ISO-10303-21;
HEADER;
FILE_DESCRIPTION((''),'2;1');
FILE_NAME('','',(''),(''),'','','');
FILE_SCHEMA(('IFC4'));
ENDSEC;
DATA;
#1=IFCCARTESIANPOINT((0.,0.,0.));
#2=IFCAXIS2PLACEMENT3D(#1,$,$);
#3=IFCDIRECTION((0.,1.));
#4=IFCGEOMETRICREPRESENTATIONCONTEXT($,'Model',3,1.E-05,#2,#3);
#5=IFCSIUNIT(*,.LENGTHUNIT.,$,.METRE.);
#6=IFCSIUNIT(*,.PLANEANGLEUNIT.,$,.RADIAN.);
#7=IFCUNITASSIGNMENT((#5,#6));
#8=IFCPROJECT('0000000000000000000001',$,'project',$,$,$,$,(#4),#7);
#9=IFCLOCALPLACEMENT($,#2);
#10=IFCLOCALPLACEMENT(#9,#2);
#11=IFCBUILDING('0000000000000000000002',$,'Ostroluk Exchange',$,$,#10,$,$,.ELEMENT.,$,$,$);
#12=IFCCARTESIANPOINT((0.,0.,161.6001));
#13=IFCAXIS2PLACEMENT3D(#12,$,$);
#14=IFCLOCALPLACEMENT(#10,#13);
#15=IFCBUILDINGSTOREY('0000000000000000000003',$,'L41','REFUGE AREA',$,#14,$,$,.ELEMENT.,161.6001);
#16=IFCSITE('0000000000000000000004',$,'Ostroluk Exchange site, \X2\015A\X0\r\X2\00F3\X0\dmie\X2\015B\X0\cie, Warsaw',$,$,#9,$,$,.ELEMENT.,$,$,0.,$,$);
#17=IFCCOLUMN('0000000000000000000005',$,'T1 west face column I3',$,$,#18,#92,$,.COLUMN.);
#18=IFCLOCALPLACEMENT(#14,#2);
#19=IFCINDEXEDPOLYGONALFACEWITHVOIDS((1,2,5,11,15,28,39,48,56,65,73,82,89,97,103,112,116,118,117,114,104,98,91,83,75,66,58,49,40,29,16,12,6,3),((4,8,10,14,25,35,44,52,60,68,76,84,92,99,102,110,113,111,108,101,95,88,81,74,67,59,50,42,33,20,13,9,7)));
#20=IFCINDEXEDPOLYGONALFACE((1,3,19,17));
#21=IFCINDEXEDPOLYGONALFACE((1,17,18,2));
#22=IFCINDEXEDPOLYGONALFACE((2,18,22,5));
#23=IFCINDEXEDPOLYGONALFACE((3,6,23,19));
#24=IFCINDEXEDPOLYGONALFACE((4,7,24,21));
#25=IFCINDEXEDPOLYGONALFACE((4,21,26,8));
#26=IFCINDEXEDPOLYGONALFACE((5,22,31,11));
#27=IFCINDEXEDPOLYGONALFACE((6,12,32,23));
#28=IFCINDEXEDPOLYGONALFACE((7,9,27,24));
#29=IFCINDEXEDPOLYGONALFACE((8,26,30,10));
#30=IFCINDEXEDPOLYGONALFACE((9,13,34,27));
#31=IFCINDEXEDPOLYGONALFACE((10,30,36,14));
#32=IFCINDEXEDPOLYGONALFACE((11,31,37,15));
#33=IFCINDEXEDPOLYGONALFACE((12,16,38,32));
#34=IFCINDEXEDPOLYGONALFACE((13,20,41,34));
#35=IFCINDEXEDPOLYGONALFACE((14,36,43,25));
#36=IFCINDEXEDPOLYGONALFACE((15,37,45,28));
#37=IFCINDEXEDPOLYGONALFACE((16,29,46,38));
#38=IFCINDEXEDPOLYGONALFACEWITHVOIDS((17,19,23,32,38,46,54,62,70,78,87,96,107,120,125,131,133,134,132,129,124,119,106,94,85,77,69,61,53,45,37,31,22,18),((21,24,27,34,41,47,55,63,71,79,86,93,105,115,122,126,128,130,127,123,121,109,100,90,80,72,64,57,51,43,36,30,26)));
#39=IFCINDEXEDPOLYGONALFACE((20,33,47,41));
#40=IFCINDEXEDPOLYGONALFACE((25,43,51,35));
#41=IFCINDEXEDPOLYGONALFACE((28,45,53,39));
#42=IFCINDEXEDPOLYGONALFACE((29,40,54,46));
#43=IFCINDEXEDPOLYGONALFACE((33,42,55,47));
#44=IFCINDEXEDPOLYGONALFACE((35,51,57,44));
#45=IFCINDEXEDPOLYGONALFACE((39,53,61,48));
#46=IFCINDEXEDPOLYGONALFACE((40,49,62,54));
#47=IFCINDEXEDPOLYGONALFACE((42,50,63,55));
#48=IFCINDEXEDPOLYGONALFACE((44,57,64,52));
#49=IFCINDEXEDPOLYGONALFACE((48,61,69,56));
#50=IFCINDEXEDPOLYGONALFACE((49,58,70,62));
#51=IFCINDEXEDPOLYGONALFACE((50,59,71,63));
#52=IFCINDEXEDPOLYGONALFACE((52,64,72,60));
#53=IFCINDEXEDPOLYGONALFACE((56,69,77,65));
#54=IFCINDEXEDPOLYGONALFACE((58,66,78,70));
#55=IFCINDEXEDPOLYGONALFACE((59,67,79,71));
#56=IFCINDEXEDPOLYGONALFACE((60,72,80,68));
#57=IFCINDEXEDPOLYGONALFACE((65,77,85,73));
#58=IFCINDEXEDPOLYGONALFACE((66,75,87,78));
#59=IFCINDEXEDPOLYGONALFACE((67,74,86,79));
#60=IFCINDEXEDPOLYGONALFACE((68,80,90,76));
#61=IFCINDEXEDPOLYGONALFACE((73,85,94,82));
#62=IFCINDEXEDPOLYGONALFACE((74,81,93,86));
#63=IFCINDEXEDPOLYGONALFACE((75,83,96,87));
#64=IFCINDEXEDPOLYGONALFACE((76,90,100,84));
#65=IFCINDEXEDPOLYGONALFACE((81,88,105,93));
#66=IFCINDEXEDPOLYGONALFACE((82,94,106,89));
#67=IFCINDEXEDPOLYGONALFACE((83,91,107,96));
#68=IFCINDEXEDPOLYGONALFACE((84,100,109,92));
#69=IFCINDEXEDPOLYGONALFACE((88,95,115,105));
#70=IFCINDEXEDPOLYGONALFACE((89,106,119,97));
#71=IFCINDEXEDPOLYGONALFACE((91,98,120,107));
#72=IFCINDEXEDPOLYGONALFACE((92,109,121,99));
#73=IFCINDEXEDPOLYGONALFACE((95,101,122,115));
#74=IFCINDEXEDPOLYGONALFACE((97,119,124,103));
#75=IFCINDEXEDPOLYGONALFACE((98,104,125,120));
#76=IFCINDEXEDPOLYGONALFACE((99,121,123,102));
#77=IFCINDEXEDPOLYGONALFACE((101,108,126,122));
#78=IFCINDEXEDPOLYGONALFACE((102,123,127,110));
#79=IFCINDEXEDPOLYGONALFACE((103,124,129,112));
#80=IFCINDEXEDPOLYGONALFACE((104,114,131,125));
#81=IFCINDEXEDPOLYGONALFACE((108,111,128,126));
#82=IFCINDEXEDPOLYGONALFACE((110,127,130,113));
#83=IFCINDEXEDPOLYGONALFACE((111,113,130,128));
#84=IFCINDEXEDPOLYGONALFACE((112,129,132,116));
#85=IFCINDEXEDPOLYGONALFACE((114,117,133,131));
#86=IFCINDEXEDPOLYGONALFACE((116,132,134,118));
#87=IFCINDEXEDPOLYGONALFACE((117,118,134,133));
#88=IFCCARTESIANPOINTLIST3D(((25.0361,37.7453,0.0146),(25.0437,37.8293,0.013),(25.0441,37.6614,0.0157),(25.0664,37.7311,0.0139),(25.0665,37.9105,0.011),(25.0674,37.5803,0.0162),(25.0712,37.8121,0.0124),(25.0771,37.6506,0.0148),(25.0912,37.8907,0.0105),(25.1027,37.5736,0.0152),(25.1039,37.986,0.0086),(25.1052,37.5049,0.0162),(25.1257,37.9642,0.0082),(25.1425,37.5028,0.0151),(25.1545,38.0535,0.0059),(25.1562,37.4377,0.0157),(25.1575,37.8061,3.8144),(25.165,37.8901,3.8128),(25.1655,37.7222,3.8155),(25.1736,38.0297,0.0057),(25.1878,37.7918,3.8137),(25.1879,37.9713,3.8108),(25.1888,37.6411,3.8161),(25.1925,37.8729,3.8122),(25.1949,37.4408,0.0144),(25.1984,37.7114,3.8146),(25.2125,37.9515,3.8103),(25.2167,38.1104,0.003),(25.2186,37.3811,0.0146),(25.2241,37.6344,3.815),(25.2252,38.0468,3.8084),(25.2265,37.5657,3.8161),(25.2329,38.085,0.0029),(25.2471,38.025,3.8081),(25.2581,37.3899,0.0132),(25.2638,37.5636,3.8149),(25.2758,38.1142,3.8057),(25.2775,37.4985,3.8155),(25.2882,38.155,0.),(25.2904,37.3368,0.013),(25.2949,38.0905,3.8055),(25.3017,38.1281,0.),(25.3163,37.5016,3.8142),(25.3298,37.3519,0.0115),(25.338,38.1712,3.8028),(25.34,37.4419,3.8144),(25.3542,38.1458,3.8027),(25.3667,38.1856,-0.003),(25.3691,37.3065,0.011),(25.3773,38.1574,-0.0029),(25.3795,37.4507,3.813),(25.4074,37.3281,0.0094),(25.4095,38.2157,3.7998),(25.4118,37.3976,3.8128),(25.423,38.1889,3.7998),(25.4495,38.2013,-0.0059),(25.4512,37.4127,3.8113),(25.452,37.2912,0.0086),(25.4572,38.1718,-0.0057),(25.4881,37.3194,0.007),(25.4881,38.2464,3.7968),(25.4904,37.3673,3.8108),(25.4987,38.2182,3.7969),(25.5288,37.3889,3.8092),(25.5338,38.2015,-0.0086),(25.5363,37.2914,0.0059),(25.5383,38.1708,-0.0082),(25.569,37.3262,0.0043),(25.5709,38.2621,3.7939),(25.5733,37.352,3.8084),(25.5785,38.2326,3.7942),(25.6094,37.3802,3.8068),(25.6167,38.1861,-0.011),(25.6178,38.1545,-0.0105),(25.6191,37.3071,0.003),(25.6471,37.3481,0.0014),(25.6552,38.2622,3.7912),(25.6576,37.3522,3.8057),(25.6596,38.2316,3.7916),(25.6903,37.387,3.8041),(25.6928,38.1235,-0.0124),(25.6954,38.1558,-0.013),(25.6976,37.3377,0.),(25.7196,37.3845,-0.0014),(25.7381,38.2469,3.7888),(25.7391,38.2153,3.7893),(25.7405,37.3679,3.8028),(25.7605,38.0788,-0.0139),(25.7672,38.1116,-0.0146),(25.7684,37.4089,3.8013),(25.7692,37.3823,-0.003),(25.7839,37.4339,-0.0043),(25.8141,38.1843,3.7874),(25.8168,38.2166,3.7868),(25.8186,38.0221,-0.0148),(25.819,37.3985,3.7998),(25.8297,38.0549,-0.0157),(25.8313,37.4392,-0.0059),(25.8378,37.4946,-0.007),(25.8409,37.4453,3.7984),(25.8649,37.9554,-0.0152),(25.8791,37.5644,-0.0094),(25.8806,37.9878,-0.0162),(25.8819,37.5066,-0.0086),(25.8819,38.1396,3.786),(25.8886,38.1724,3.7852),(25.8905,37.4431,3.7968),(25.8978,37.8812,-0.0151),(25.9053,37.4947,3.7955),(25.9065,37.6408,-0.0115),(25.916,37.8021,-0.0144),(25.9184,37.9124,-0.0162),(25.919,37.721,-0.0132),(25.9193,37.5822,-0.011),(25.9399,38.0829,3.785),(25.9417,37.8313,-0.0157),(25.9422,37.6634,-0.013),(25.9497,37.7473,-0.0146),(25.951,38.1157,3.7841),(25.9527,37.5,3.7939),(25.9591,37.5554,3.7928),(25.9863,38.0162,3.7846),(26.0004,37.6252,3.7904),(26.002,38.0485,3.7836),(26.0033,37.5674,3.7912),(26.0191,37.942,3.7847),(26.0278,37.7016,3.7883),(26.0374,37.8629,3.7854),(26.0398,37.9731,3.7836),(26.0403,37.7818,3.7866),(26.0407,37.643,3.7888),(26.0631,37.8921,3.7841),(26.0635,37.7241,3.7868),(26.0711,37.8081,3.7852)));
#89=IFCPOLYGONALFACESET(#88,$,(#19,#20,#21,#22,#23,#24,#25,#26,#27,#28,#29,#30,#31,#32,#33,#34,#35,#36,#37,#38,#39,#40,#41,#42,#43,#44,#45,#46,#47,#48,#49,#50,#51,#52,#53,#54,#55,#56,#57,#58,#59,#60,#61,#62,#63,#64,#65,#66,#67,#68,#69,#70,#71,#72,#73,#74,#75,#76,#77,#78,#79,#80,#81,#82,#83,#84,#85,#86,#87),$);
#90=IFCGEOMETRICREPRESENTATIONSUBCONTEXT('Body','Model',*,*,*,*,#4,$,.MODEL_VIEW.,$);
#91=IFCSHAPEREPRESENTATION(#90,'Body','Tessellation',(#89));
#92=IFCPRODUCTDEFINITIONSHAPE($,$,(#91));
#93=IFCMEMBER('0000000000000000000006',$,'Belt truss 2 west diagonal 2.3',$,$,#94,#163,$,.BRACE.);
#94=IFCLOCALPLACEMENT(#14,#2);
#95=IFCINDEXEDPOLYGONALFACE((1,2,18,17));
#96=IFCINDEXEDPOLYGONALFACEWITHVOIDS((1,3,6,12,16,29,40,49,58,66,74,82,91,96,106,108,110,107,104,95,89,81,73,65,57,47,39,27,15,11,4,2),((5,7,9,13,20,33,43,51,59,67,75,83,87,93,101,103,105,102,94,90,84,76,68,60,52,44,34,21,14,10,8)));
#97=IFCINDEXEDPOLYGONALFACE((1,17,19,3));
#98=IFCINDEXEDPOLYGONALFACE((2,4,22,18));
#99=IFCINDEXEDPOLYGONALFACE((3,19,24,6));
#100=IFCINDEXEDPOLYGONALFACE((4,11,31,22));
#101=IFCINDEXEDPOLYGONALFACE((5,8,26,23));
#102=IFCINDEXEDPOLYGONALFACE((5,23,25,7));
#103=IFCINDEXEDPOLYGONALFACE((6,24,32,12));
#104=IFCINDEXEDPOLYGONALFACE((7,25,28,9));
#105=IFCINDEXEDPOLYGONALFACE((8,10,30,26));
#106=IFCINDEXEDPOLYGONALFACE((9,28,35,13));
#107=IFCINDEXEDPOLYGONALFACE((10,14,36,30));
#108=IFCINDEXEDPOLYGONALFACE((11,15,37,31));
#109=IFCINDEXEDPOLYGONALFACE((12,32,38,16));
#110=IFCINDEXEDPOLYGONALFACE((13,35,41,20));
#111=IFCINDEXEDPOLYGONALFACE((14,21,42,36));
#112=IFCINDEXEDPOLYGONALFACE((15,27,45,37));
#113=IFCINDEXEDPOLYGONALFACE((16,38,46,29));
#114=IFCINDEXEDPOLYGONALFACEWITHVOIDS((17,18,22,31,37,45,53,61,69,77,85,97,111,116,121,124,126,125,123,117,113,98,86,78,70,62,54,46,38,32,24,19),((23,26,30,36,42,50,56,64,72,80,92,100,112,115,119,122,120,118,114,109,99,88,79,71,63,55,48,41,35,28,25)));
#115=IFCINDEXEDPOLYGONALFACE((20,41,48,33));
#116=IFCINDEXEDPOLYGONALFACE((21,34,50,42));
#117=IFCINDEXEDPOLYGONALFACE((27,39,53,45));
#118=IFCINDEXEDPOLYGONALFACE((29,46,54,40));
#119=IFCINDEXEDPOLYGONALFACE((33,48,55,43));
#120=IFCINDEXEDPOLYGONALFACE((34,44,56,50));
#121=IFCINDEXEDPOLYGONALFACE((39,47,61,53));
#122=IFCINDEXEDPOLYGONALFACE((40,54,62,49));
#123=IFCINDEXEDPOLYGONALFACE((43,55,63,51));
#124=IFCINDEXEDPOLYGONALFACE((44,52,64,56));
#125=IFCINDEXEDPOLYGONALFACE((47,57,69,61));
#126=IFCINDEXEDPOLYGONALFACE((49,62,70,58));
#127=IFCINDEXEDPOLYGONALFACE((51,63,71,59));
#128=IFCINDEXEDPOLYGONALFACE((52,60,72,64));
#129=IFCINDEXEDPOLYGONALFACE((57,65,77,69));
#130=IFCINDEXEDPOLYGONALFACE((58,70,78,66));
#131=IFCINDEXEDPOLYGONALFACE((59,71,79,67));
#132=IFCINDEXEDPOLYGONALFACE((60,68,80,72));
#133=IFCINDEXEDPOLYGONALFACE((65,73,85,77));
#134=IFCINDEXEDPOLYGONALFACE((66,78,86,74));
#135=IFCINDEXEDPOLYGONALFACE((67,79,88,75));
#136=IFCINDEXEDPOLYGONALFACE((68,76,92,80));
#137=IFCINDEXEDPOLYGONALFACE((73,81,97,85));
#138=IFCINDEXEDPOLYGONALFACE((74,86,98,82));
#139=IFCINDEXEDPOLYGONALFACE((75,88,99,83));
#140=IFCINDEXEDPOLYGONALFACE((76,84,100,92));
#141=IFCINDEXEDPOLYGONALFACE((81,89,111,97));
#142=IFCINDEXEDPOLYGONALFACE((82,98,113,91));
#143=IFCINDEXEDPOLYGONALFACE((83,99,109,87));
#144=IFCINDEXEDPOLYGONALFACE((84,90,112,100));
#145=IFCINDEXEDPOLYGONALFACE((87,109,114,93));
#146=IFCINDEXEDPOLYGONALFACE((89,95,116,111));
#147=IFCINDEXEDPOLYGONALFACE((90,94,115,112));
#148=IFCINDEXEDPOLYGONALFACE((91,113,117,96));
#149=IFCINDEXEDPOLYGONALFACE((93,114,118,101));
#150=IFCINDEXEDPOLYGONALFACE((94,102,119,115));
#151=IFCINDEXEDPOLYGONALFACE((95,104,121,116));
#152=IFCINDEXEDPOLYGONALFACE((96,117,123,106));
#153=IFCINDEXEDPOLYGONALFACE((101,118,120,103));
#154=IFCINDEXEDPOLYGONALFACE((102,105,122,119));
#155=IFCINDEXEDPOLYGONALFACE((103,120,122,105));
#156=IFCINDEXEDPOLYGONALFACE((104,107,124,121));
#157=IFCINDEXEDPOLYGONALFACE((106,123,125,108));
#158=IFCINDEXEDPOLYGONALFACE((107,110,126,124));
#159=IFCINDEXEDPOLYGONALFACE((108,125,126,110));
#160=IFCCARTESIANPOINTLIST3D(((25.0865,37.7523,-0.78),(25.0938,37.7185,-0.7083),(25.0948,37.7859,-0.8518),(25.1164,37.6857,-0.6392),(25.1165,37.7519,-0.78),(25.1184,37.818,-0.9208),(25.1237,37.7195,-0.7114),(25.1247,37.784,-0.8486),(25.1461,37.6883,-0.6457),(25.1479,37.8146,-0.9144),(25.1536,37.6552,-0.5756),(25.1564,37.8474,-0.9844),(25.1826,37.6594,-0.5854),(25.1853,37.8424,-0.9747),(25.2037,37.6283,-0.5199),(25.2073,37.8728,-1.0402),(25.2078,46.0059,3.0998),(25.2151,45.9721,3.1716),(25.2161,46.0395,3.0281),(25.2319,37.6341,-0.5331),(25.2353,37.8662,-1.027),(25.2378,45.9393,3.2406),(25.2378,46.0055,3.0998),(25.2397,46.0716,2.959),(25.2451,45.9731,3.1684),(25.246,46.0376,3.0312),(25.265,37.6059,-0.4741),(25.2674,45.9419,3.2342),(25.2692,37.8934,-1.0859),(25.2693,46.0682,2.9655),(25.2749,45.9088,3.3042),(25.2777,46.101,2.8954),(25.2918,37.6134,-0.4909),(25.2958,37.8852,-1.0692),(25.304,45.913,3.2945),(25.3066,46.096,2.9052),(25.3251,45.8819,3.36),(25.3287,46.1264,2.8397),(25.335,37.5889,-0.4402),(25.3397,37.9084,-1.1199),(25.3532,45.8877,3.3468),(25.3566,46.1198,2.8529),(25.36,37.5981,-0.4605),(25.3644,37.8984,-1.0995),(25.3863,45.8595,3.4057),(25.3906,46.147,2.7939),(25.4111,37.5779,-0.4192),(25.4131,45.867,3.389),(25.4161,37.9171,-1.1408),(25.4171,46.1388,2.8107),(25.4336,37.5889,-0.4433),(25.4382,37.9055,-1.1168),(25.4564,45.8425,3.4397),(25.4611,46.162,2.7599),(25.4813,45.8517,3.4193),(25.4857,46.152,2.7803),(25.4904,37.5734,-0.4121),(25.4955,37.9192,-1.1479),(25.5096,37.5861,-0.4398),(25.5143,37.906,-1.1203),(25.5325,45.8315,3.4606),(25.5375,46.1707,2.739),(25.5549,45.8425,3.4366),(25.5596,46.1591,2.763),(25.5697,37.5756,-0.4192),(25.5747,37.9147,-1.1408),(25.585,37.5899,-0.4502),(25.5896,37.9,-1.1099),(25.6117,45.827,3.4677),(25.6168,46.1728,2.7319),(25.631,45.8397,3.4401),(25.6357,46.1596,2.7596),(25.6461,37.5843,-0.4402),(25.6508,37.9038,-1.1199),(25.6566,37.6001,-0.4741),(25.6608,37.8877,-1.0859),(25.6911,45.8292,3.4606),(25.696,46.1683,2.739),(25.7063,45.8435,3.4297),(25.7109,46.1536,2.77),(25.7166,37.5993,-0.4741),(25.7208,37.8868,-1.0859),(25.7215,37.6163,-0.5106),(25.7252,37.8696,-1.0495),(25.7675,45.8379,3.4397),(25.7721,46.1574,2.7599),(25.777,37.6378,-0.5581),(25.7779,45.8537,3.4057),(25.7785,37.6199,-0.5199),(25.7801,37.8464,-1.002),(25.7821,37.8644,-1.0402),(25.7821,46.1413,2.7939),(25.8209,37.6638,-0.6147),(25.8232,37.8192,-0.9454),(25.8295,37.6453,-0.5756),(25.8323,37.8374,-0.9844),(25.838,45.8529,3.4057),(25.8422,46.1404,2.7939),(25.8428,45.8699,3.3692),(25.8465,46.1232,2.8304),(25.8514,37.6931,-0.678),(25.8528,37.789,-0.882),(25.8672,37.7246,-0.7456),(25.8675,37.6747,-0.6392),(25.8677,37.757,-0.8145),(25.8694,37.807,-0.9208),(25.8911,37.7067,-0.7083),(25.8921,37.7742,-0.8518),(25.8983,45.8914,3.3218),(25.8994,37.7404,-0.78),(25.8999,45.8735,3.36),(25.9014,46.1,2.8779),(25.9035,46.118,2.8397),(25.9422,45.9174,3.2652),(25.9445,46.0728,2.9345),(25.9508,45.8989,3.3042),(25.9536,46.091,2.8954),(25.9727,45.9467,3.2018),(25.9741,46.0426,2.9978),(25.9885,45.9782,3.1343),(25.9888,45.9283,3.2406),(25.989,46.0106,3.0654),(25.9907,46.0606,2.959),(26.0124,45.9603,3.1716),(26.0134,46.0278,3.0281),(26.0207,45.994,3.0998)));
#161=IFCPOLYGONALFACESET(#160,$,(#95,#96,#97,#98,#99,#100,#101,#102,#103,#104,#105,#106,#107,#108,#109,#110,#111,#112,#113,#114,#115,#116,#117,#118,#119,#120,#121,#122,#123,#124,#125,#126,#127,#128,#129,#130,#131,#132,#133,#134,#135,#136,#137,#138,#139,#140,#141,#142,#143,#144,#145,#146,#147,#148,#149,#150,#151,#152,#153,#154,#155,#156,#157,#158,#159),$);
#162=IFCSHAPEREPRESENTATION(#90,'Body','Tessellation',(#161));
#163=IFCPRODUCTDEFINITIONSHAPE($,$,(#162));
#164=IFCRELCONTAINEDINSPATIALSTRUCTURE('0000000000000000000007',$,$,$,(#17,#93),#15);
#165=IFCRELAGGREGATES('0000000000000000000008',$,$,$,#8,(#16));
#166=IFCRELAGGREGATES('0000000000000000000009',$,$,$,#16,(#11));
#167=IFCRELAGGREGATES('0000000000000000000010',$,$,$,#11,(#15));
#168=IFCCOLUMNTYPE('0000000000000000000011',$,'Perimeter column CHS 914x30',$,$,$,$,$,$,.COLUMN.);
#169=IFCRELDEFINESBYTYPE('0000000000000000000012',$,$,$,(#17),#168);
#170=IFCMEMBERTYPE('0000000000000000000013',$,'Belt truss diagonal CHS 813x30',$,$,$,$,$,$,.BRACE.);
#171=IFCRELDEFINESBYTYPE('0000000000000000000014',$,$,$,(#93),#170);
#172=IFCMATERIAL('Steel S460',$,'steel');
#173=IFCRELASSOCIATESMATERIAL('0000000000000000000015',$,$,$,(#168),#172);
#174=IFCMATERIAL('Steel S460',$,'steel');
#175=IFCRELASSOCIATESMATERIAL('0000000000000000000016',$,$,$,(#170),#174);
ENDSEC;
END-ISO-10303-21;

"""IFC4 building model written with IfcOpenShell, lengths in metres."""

from ifc_helpers import new_model, si_unit, direction, frame, origin, origin_2d, place, context, subcontext, project, spatial, hollow_circle, extrude, material, material_profile, profile_set, type_object, element, save


model = new_model("IFC4")

# Units and contexts
model_context = context("Model", 3, precision=1e-05, world=origin(), true_north=direction((0.0, 1.0)))
body_context = subcontext(model_context, "Body", "Model", "MODEL_VIEW")
ifc_project = project(units=[si_unit("LENGTHUNIT", "METRE"), si_unit("PLANEANGLEUNIT", "RADIAN")], contexts=[model_context])

# Site, building, storey
site_placement = place(None, origin())
site = spatial("IfcSite", under=ifc_project, at=site_placement, Name="Ostroluk Exchange site, Śródmieście, Warsaw", CompositionType="ELEMENT", RefElevation=0.0)
building_placement = place(site_placement, origin())
building = spatial("IfcBuilding", under=site, at=building_placement, Name="Ostroluk Exchange", CompositionType="ELEMENT")
storey_placement = place(building_placement, frame((0.0, 0.0, 161.6001)))
storey = spatial("IfcBuildingStorey", under=building, at=storey_placement, Name="L41", Description="REFUGE AREA", CompositionType="ELEMENT", Elevation=161.6001)

# Column
ifc_material_1 = material(Name="Steel S460", Category="steel")
ifc_material_profile_1 = material_profile(ifc_material_1, hollow_circle(Radius=0.457, WallThickness=0.03, at=origin_2d()), Name="CHS 914x30")
ifc_profile_set_1 = profile_set([ifc_material_profile_1], Name="Steel S460")
column_type = type_object("IfcColumnType", Name="Perimeter column CHS 914x30", PredefinedType="COLUMN", material=ifc_profile_set_1)
column_placement = place(storey_placement, frame((25.4929, 37.7463, 0.0), z_axis=(0.031912, 0.015988, 0.999363), x_axis=(-0.447933, 0.894067, 0.0)))
element("IfcColumn", 1, at=column_placement, inside=storey, type_object=column_type, Name="T1 west face column I3", PredefinedType="COLUMN", context=body_context, shape_type="SweptSolid", body=[
    extrude(hollow_circle(Radius=0.457, WallThickness=0.03, at=origin_2d()), origin(), (0.0, 0.0, 1.0), 3.8022),
])

# Member
ifc_material_2 = material(Name="Steel S460", Category="steel")
ifc_material_profile_2 = material_profile(ifc_material_2, hollow_circle(Radius=0.4065, WallThickness=0.03, at=origin_2d()), Name="CHS 813x30")
ifc_profile_set_2 = profile_set([ifc_material_profile_2], Name="Steel S460")
member_type_1 = type_object("IfcMemberType", Name="Belt truss diagonal CHS 813x30", PredefinedType="BRACE", material=ifc_profile_set_2)
member_1_placement = place(storey_placement, frame((25.4929, 37.7463, -0.78), z_axis=(0.013303, 0.904916, 0.425383), x_axis=(-0.999892, 0.0147, 0.0)))
element("IfcMember", 2, at=member_1_placement, inside=storey, type_object=member_type_1, Name="Belt truss 2 west diagonal 2.3", PredefinedType="BRACE", context=body_context, shape_type="SweptSolid", body=[
    extrude(hollow_circle(Radius=0.4065, WallThickness=0.03, at=origin_2d()), origin(), (0.0, 0.0, 1.0), 9.1208),
])

save(model, "model.ifc")
